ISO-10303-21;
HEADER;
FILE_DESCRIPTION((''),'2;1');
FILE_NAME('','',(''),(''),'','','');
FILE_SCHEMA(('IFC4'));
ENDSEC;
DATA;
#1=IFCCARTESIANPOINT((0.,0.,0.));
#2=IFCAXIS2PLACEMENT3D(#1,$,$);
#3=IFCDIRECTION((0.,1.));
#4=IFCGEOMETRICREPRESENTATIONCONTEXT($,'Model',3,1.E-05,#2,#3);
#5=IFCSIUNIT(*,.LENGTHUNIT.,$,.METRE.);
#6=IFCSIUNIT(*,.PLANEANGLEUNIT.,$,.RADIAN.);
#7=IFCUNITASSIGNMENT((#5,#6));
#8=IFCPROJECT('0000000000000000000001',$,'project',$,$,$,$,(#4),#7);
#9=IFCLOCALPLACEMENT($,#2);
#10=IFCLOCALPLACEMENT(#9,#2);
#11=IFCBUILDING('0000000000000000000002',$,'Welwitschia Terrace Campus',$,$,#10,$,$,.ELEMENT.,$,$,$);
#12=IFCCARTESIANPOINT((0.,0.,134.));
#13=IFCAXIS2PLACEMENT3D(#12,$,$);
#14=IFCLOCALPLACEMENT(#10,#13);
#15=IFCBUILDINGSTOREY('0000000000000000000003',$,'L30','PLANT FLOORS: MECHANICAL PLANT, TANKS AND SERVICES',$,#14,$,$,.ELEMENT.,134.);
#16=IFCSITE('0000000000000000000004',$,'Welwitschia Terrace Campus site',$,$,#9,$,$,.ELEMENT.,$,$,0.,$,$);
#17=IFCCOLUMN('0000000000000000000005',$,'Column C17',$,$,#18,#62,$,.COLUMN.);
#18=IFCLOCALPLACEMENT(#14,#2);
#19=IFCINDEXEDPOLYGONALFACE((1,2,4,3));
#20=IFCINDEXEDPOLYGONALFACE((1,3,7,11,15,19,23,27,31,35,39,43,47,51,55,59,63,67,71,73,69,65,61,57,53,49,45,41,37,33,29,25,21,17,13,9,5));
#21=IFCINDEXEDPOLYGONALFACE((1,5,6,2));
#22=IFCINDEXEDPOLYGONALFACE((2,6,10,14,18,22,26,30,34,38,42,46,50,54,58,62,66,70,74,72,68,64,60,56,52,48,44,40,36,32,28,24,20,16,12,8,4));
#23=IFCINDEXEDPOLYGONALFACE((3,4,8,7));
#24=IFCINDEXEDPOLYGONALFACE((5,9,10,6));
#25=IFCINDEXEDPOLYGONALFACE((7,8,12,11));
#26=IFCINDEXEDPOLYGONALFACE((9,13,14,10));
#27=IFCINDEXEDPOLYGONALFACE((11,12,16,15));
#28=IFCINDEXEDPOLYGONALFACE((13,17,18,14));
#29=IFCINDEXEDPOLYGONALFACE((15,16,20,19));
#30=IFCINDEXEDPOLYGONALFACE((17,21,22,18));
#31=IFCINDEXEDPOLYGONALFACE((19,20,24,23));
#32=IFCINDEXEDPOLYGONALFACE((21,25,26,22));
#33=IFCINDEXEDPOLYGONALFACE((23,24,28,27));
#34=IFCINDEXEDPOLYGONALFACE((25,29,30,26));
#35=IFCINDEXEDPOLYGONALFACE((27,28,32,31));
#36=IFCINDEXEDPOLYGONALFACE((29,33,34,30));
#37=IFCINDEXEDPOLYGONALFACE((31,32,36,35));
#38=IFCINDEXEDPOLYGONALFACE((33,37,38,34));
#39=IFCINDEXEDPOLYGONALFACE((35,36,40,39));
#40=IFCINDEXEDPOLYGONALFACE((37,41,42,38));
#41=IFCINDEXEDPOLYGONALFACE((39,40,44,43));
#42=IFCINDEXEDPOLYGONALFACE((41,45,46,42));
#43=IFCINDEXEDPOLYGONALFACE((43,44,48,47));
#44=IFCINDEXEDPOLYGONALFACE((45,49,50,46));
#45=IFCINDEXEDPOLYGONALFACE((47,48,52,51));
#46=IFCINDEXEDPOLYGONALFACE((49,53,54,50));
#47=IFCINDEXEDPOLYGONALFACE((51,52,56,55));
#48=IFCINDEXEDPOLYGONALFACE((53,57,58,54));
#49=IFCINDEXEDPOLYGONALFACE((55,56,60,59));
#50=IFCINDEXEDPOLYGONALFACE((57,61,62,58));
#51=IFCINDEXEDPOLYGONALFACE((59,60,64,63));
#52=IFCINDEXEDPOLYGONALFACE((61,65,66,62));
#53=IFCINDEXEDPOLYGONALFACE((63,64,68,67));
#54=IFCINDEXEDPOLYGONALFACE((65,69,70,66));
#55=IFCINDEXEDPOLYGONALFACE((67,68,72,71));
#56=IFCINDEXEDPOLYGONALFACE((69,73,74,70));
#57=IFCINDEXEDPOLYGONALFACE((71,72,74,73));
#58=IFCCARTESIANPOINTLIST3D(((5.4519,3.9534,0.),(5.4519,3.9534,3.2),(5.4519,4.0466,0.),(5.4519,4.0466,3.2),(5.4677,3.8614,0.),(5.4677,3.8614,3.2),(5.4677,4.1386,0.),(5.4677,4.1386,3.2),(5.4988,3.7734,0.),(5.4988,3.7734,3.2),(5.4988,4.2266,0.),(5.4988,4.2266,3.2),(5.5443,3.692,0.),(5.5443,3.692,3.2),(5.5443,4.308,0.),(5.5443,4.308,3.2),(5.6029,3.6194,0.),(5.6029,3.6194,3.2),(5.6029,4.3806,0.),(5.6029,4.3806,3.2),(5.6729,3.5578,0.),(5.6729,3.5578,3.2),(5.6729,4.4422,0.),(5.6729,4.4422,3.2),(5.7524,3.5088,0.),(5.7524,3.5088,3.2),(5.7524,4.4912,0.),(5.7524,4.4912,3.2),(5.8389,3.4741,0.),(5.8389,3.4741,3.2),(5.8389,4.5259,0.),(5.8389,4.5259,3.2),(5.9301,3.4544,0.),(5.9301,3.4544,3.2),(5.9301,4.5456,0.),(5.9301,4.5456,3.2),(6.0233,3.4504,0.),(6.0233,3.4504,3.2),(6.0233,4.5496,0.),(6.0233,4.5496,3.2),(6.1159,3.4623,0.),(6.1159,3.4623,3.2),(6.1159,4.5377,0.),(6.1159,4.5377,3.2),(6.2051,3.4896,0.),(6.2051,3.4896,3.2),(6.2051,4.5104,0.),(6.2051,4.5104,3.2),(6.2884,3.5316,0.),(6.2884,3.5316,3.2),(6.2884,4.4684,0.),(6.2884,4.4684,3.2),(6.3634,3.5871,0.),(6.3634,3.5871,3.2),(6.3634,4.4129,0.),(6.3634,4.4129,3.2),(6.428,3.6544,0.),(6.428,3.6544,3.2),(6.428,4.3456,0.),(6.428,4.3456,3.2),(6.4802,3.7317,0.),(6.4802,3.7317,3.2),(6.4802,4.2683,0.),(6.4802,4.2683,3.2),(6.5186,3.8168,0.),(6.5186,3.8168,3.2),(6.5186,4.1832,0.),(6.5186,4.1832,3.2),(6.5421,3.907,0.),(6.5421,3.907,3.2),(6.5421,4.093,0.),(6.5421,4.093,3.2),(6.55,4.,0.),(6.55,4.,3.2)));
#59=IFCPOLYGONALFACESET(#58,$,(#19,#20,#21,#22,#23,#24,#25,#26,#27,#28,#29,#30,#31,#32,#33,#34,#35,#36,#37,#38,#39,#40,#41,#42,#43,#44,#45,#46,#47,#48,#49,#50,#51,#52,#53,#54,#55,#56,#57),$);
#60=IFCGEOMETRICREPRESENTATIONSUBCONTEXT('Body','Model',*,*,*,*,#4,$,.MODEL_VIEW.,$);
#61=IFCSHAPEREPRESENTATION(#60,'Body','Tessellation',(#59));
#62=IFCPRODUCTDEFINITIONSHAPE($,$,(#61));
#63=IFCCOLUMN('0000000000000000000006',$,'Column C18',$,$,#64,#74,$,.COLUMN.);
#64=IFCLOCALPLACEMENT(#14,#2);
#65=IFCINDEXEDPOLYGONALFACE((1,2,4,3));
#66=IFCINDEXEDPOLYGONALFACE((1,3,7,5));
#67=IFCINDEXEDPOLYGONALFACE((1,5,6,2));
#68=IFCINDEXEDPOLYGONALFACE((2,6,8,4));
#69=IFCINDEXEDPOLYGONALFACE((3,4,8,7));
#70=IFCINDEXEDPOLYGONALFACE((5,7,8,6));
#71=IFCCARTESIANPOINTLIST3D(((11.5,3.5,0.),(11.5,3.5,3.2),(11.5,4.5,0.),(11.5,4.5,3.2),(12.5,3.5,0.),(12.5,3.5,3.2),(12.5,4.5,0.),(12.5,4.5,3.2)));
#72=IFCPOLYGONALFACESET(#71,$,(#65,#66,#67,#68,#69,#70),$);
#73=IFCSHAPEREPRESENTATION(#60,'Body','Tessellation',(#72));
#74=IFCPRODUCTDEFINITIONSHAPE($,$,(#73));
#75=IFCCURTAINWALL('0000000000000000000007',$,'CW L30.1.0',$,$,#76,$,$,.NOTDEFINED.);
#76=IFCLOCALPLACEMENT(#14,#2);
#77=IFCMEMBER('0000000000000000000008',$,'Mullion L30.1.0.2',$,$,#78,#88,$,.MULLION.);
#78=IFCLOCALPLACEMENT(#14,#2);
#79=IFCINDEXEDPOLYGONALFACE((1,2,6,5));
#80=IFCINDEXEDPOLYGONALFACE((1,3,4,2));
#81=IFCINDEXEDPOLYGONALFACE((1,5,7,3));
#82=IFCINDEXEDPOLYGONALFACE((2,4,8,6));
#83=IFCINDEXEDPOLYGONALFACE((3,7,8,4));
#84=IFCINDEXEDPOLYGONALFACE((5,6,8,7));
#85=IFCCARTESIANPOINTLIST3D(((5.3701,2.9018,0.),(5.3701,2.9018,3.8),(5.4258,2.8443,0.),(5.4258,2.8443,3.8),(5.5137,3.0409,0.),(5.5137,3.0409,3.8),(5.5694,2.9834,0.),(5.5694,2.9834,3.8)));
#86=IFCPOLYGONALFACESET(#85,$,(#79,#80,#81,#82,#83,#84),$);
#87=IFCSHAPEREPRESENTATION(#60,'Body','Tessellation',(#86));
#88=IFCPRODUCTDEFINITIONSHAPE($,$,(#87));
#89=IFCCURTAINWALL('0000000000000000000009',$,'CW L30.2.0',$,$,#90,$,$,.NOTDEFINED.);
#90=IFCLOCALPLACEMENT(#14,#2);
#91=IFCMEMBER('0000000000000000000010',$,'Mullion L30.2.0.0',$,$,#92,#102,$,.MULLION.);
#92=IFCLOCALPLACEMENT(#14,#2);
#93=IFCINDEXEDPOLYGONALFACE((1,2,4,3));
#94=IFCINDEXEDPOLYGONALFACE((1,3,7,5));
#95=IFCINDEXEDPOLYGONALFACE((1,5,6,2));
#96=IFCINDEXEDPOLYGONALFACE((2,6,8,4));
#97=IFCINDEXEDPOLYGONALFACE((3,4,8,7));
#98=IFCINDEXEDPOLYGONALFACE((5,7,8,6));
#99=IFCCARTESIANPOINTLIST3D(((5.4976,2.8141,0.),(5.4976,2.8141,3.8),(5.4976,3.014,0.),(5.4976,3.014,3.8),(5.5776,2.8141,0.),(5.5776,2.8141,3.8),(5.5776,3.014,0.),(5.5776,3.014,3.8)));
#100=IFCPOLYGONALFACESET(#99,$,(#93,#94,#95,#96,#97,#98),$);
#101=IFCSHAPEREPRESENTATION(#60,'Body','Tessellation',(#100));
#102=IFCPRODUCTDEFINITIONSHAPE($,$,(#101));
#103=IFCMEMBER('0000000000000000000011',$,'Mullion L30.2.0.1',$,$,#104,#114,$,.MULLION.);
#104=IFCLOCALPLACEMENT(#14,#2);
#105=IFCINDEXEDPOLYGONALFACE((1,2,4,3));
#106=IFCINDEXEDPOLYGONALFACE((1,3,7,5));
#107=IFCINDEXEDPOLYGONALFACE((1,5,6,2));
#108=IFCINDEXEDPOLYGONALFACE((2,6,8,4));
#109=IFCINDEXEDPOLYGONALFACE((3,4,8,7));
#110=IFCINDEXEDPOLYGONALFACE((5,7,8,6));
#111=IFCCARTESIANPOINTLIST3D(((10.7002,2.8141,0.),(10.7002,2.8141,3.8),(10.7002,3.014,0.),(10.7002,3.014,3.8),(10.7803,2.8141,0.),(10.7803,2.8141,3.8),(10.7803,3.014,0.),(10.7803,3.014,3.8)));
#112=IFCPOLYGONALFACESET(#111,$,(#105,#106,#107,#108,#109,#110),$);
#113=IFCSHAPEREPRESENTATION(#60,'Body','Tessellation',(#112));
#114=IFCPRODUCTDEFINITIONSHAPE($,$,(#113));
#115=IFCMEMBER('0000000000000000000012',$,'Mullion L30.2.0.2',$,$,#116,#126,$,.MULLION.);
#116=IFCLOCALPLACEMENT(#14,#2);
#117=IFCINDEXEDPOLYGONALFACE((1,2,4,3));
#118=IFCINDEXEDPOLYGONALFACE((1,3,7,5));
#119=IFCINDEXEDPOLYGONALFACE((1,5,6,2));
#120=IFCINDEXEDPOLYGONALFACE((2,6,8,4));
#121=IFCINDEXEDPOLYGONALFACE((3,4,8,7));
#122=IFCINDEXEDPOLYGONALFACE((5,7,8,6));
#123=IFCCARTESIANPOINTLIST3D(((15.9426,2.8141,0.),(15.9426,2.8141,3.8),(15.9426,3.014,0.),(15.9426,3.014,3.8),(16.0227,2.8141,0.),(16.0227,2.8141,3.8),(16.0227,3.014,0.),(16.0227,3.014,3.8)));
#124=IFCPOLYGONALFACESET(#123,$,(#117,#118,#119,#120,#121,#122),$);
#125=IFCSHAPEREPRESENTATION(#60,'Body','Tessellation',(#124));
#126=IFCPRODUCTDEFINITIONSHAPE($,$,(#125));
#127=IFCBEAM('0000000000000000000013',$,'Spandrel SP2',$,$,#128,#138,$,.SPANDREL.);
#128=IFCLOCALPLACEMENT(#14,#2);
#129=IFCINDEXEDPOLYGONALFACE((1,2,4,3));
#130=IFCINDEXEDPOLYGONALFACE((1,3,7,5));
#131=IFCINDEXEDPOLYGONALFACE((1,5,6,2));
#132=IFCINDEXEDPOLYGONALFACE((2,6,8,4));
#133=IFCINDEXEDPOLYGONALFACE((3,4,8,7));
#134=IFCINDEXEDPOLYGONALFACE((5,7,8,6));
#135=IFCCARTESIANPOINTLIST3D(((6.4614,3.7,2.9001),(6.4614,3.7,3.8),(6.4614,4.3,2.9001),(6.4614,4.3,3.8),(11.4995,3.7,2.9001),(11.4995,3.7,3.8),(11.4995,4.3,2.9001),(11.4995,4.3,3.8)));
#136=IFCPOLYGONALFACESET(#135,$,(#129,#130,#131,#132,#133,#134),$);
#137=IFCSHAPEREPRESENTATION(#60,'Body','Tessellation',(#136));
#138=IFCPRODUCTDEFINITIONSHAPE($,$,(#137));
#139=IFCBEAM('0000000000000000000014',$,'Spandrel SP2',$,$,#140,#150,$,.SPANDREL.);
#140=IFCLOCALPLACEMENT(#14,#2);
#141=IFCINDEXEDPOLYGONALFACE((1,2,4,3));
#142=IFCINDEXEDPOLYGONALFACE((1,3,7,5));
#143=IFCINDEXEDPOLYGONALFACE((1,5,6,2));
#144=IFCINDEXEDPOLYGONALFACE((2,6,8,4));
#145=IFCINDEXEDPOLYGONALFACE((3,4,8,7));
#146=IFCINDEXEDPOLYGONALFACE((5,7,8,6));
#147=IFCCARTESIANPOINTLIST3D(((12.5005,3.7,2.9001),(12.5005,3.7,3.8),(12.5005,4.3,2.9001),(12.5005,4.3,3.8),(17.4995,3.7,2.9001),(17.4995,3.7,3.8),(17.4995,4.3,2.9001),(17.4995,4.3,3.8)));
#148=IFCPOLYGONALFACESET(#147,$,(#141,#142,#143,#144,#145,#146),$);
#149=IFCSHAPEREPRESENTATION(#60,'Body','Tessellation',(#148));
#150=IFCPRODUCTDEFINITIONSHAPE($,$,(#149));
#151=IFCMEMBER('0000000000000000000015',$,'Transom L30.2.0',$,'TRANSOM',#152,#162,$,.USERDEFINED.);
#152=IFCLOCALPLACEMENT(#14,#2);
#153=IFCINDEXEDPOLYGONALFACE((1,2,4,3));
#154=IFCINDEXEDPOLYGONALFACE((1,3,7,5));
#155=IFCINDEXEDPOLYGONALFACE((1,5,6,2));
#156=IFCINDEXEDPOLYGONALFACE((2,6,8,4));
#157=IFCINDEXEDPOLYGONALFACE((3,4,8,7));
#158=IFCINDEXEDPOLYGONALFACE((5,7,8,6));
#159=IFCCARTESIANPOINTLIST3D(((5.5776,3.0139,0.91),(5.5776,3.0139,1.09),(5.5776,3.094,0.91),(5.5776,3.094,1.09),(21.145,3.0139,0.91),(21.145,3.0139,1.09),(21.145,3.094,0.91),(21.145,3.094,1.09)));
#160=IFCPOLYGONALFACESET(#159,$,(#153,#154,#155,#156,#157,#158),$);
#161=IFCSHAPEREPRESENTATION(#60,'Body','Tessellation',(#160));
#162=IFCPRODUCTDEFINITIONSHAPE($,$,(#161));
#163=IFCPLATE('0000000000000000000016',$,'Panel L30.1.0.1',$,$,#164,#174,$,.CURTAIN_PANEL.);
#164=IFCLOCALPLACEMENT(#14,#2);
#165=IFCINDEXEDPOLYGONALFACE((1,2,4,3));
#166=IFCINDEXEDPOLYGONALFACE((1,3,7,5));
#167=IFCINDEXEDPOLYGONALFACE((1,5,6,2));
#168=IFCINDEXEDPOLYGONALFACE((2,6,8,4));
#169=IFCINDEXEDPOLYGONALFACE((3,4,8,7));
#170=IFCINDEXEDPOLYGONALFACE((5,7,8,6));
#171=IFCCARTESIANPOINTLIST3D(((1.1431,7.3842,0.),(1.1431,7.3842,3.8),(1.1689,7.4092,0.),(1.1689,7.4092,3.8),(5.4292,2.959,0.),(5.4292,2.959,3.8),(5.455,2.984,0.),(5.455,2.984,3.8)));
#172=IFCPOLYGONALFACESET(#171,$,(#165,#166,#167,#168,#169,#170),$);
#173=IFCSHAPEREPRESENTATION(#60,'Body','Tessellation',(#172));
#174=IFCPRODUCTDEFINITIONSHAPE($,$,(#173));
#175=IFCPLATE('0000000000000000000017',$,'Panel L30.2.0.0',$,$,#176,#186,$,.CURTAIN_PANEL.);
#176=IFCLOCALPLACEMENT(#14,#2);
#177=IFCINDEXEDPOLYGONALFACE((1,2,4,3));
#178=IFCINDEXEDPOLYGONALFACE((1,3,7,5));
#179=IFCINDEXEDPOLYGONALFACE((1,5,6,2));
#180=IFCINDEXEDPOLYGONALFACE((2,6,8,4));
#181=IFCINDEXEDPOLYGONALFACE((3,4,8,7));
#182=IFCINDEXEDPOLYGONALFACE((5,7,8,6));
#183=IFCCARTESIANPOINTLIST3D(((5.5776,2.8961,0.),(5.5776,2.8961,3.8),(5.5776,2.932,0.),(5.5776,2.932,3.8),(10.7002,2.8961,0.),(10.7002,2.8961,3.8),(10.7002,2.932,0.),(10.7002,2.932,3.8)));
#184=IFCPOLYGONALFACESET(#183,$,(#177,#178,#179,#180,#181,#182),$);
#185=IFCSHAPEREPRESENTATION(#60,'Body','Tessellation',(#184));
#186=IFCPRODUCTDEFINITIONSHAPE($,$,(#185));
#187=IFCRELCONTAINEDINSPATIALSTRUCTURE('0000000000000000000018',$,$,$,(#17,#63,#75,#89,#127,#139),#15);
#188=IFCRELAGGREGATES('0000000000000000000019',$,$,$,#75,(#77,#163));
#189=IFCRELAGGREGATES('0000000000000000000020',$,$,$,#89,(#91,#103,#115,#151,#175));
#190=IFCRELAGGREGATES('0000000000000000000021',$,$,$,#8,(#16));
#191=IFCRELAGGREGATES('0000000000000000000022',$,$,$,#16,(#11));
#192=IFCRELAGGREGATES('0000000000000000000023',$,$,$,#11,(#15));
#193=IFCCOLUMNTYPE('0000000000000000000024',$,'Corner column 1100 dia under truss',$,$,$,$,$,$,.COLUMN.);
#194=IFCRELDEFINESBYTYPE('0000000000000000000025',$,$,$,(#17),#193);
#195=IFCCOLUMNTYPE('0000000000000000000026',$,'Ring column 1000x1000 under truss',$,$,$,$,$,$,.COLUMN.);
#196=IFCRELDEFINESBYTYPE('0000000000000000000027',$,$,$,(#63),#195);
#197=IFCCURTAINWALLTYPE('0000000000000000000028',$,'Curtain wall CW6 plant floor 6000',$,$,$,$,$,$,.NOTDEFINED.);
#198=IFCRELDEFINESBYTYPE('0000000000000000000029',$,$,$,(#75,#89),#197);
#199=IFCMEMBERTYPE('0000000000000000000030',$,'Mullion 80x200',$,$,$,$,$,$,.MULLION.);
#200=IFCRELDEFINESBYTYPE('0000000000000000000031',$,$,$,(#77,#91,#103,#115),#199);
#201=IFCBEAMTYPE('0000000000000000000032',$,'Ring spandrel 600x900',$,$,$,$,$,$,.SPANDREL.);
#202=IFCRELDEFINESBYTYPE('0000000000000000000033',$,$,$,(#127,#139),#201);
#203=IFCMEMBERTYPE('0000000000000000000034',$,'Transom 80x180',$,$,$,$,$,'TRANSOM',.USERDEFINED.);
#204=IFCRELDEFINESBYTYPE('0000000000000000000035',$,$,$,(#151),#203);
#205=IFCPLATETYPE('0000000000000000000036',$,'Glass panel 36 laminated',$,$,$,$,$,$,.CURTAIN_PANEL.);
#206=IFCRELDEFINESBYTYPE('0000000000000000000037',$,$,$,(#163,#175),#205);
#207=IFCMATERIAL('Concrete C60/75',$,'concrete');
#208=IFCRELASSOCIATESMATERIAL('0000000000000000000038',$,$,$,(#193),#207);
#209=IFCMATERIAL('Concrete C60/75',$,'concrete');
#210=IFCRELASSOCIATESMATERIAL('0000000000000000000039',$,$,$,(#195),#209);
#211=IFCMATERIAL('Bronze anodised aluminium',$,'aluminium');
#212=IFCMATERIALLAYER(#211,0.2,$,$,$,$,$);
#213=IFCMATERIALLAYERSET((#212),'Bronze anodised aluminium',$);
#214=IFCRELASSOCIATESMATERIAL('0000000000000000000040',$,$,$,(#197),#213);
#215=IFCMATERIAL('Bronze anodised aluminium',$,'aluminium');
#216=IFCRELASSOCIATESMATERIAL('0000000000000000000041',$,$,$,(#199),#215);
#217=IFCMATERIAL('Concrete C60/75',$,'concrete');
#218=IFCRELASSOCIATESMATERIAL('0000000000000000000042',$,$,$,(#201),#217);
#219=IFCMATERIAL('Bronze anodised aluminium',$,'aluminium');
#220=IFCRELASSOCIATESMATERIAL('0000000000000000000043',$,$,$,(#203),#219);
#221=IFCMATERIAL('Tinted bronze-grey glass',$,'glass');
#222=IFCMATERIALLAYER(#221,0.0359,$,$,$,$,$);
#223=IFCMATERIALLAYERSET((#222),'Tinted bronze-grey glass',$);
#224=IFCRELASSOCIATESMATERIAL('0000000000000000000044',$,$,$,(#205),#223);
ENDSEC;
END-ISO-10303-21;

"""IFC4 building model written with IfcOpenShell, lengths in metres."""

from ifc_helpers import new_model, si_unit, direction, frame, origin, origin_2d, place, context, subcontext, project, spatial, rectangle, circle, extrude, material, layer, layer_set, material_profile, profile_set, type_object, element, aggregate, save


model = new_model("IFC4")

# Units and contexts
model_context = context("Model", 3, precision=1e-05, world=origin(), true_north=direction((0.0, 1.0)))
body_context = subcontext(model_context, "Body", "Model", "MODEL_VIEW")
ifc_project = project(units=[si_unit("LENGTHUNIT", "METRE"), si_unit("PLANEANGLEUNIT", "RADIAN")], contexts=[model_context])

# Site, building, storey
site_placement = place(None, origin())
site = spatial("IfcSite", under=ifc_project, at=site_placement, Name="Welwitschia Terrace Campus site", CompositionType="ELEMENT", RefElevation=0.0)
building_placement = place(site_placement, origin())
building = spatial("IfcBuilding", under=site, at=building_placement, Name="Welwitschia Terrace Campus", CompositionType="ELEMENT")
storey_placement = place(building_placement, frame((0.0, 0.0, 134.0)))
storey = spatial("IfcBuildingStorey", under=building, at=storey_placement, Name="L30", Description="PLANT FLOORS: MECHANICAL PLANT, TANKS AND SERVICES", CompositionType="ELEMENT", Elevation=134.0)

# Columns
ifc_material_1 = material(Name="Concrete C60/75", Category="concrete")
ifc_material_profile_1 = material_profile(ifc_material_1, circle(Radius=0.55, at=origin_2d()))
ifc_profile_set_1 = profile_set([ifc_material_profile_1], Name="Concrete C60/75")
column_type_1 = type_object("IfcColumnType", Name="Corner column 1100 dia under truss", PredefinedType="COLUMN", material=ifc_profile_set_1)
column_1_placement = place(storey_placement, frame((6.0, 4.0, 0.0), z_axis=(0.0, 0.0, 1.0), x_axis=(1.0, 0.0, 0.0)))
element("IfcColumn", 1, at=column_1_placement, inside=storey, type_object=column_type_1, Name="Column C17", PredefinedType="COLUMN", context=body_context, shape_type="SweptSolid", body=[
    extrude(circle(Radius=0.55, at=origin_2d()), origin(), (0.0, 0.0, 1.0), 3.2),
])
ifc_material_2 = material(Name="Concrete C60/75", Category="concrete")
ifc_material_profile_2 = material_profile(ifc_material_2, rectangle(XDim=1.0, YDim=1.0, at=origin_2d()))
ifc_profile_set_2 = profile_set([ifc_material_profile_2], Name="Concrete C60/75")
column_type_2 = type_object("IfcColumnType", Name="Ring column 1000x1000 under truss", PredefinedType="COLUMN", material=ifc_profile_set_2)
column_2_placement = place(storey_placement, frame((12.0, 4.0, 0.0), z_axis=(0.0, 0.0, 1.0), x_axis=(1.0, 0.0, 0.0)))
element("IfcColumn", 2, at=column_2_placement, inside=storey, type_object=column_type_2, Name="Column C18", PredefinedType="COLUMN", context=body_context, shape_type="SweptSolid", body=[
    extrude(rectangle(XDim=1.0, YDim=1.0, at=origin_2d()), origin(), (0.0, 0.0, 1.0), 3.2),
])

# Curtain wall, member
ifc_material_3 = material(Name="Bronze anodised aluminium", Category="aluminium")
ifc_layer_1 = layer(ifc_material_3, 0.2)
ifc_layer_set_1 = layer_set([ifc_layer_1], Name="Bronze anodised aluminium")
curtain_wall_type = type_object("IfcCurtainWallType", Name="Curtain wall CW6 plant floor 6000", PredefinedType="NOTDEFINED", material=ifc_layer_set_1)
curtain_wall_1_placement = place(storey_placement, origin())
curtain_wall_1 = element("IfcCurtainWall", 3, at=curtain_wall_1_placement, inside=storey, type_object=curtain_wall_type, Name="CW L30.1.0", PredefinedType="NOTDEFINED")
ifc_material_4 = material(Name="Bronze anodised aluminium", Category="aluminium")
ifc_material_profile_3 = material_profile(ifc_material_4, rectangle(XDim=0.2, YDim=0.0801, at=origin_2d()))
ifc_profile_set_3 = profile_set([ifc_material_profile_3], Name="Bronze anodised aluminium")
member_type_1 = type_object("IfcMemberType", Name="Mullion 80x200", PredefinedType="MULLION", material=ifc_profile_set_3)
member_1_placement = place(storey_placement, frame((5.4697, 2.9426, 0.0), z_axis=(0.0, 0.0, 1.0), x_axis=(0.718306, 0.695727, 0.0)))
member_1 = element("IfcMember", 4, at=member_1_placement, type_object=member_type_1, Name="Mullion L30.1.0.2", PredefinedType="MULLION", context=body_context, shape_type="SweptSolid", body=[
    extrude(rectangle(XDim=0.2, YDim=0.0801, at=origin_2d()), origin(), (0.0, 0.0, 1.0), 3.8),
])

# Curtain wall, members
curtain_wall_2_placement = place(storey_placement, origin())
curtain_wall_2 = element("IfcCurtainWall", 5, at=curtain_wall_2_placement, inside=storey, type_object=curtain_wall_type, Name="CW L30.2.0", PredefinedType="NOTDEFINED")
member_2_placement = place(storey_placement, frame((5.5376, 2.9141, 0.0), z_axis=(0.0, 0.0, 1.0), x_axis=(0.0, 1.0, 0.0)))
member_2 = element("IfcMember", 6, at=member_2_placement, type_object=member_type_1, Name="Mullion L30.2.0.0", PredefinedType="MULLION", context=body_context, shape_type="SweptSolid", body=[
    extrude(rectangle(XDim=0.2, YDim=0.0801, at=origin_2d()), origin(), (0.0, 0.0, 1.0), 3.8),
])
member_3_placement = place(storey_placement, frame((10.7402, 2.9141, 0.0), z_axis=(0.0, 0.0, 1.0), x_axis=(0.0, 1.0, 0.0)))
member_3 = element("IfcMember", 7, at=member_3_placement, type_object=member_type_1, Name="Mullion L30.2.0.1", PredefinedType="MULLION", context=body_context, shape_type="SweptSolid", body=[
    extrude(rectangle(XDim=0.2, YDim=0.0801, at=origin_2d()), origin(), (0.0, 0.0, 1.0), 3.8),
])
member_4_placement = place(storey_placement, frame((15.9827, 2.9141, 0.0), z_axis=(0.0, 0.0, 1.0), x_axis=(0.0, 1.0, 0.0)))
member_4 = element("IfcMember", 8, at=member_4_placement, type_object=member_type_1, Name="Mullion L30.2.0.2", PredefinedType="MULLION", context=body_context, shape_type="SweptSolid", body=[
    extrude(rectangle(XDim=0.2, YDim=0.0801, at=origin_2d()), origin(), (0.0, 0.0, 1.0), 3.8),
])

# Beams
ifc_material_5 = material(Name="Concrete C60/75", Category="concrete")
ifc_material_profile_4 = material_profile(ifc_material_5, rectangle(XDim=0.6001, YDim=0.8999, at=origin_2d()))
ifc_profile_set_4 = profile_set([ifc_material_profile_4], Name="Concrete C60/75")
beam_type = type_object("IfcBeamType", Name="Ring spandrel 600x900", PredefinedType="SPANDREL", material=ifc_profile_set_4)
beam_1_placement = place(storey_placement, frame((6.4614, 4.0, 3.3501), z_axis=(1.0, 0.0, 0.0), x_axis=(0.0, 1.0, 0.0)))
element("IfcBeam", 9, at=beam_1_placement, inside=storey, type_object=beam_type, Name="Spandrel SP2", PredefinedType="SPANDREL", context=body_context, shape_type="SweptSolid", body=[
    extrude(rectangle(XDim=0.6001, YDim=0.8999, at=origin_2d()), origin(), (0.0, 0.0, 1.0), 5.0381),
])
beam_2_placement = place(storey_placement, frame((12.5005, 4.0, 3.3501), z_axis=(1.0, 0.0, 0.0), x_axis=(0.0, 1.0, 0.0)))
element("IfcBeam", 10, at=beam_2_placement, inside=storey, type_object=beam_type, Name="Spandrel SP2", PredefinedType="SPANDREL", context=body_context, shape_type="SweptSolid", body=[
    extrude(rectangle(XDim=0.6001, YDim=0.8999, at=origin_2d()), origin(), (0.0, 0.0, 1.0), 4.999),
])

# Member
ifc_material_6 = material(Name="Bronze anodised aluminium", Category="aluminium")
ifc_material_profile_5 = material_profile(ifc_material_6, rectangle(XDim=0.0801, YDim=0.1799, at=origin_2d()))
ifc_profile_set_5 = profile_set([ifc_material_profile_5], Name="Bronze anodised aluminium")
member_type_2 = type_object("IfcMemberType", Name="Transom 80x180", ElementType="TRANSOM", PredefinedType="USERDEFINED", material=ifc_profile_set_5)
member_5_placement = place(storey_placement, frame((5.5776, 3.054, 1.0), z_axis=(1.0, 0.0, 0.0), x_axis=(0.0, 1.0, 0.0)))
member_5 = element("IfcMember", 11, at=member_5_placement, type_object=member_type_2, Name="Transom L30.2.0", ObjectType="TRANSOM", PredefinedType="USERDEFINED", context=body_context, shape_type="SweptSolid", body=[
    extrude(rectangle(XDim=0.0801, YDim=0.1799, at=origin_2d()), origin(), (0.0, 0.0, 1.0), 15.5674),
])

# Plates
ifc_material_7 = material(Name="Tinted bronze-grey glass", Category="glass")
ifc_layer_2 = layer(ifc_material_7, 0.0359)
ifc_layer_set_2 = layer_set([ifc_layer_2], Name="Tinted bronze-grey glass")
plate_type = type_object("IfcPlateType", Name="Glass panel 36 laminated", PredefinedType="CURTAIN_PANEL", material=ifc_layer_set_2)
plate_1_placement = place(storey_placement, frame((3.2991, 5.1841, 0.0), z_axis=(0.0, 0.0, 1.0), x_axis=(0.695727, -0.718306, 0.0)))
plate_1 = element("IfcPlate", 12, at=plate_1_placement, type_object=plate_type, Name="Panel L30.1.0.1", PredefinedType="CURTAIN_PANEL", context=body_context, shape_type="SweptSolid", body=[
    extrude(rectangle(XDim=6.1606, YDim=0.0359, at=origin_2d()), origin(), (0.0, 0.0, 1.0), 3.8),
])
aggregate(curtain_wall_1, [member_1, plate_1])
plate_2_placement = place(storey_placement, frame((8.1389, 2.9141, 0.0), z_axis=(0.0, 0.0, 1.0), x_axis=(1.0, 0.0, 0.0)))
plate_2 = element("IfcPlate", 13, at=plate_2_placement, type_object=plate_type, Name="Panel L30.2.0.0", PredefinedType="CURTAIN_PANEL", context=body_context, shape_type="SweptSolid", body=[
    extrude(rectangle(XDim=5.1226, YDim=0.0359, at=origin_2d()), origin(), (0.0, 0.0, 1.0), 3.8),
])
aggregate(curtain_wall_2, [member_2, member_3, member_4, member_5, plate_2])

save(model, "model.ifc")
